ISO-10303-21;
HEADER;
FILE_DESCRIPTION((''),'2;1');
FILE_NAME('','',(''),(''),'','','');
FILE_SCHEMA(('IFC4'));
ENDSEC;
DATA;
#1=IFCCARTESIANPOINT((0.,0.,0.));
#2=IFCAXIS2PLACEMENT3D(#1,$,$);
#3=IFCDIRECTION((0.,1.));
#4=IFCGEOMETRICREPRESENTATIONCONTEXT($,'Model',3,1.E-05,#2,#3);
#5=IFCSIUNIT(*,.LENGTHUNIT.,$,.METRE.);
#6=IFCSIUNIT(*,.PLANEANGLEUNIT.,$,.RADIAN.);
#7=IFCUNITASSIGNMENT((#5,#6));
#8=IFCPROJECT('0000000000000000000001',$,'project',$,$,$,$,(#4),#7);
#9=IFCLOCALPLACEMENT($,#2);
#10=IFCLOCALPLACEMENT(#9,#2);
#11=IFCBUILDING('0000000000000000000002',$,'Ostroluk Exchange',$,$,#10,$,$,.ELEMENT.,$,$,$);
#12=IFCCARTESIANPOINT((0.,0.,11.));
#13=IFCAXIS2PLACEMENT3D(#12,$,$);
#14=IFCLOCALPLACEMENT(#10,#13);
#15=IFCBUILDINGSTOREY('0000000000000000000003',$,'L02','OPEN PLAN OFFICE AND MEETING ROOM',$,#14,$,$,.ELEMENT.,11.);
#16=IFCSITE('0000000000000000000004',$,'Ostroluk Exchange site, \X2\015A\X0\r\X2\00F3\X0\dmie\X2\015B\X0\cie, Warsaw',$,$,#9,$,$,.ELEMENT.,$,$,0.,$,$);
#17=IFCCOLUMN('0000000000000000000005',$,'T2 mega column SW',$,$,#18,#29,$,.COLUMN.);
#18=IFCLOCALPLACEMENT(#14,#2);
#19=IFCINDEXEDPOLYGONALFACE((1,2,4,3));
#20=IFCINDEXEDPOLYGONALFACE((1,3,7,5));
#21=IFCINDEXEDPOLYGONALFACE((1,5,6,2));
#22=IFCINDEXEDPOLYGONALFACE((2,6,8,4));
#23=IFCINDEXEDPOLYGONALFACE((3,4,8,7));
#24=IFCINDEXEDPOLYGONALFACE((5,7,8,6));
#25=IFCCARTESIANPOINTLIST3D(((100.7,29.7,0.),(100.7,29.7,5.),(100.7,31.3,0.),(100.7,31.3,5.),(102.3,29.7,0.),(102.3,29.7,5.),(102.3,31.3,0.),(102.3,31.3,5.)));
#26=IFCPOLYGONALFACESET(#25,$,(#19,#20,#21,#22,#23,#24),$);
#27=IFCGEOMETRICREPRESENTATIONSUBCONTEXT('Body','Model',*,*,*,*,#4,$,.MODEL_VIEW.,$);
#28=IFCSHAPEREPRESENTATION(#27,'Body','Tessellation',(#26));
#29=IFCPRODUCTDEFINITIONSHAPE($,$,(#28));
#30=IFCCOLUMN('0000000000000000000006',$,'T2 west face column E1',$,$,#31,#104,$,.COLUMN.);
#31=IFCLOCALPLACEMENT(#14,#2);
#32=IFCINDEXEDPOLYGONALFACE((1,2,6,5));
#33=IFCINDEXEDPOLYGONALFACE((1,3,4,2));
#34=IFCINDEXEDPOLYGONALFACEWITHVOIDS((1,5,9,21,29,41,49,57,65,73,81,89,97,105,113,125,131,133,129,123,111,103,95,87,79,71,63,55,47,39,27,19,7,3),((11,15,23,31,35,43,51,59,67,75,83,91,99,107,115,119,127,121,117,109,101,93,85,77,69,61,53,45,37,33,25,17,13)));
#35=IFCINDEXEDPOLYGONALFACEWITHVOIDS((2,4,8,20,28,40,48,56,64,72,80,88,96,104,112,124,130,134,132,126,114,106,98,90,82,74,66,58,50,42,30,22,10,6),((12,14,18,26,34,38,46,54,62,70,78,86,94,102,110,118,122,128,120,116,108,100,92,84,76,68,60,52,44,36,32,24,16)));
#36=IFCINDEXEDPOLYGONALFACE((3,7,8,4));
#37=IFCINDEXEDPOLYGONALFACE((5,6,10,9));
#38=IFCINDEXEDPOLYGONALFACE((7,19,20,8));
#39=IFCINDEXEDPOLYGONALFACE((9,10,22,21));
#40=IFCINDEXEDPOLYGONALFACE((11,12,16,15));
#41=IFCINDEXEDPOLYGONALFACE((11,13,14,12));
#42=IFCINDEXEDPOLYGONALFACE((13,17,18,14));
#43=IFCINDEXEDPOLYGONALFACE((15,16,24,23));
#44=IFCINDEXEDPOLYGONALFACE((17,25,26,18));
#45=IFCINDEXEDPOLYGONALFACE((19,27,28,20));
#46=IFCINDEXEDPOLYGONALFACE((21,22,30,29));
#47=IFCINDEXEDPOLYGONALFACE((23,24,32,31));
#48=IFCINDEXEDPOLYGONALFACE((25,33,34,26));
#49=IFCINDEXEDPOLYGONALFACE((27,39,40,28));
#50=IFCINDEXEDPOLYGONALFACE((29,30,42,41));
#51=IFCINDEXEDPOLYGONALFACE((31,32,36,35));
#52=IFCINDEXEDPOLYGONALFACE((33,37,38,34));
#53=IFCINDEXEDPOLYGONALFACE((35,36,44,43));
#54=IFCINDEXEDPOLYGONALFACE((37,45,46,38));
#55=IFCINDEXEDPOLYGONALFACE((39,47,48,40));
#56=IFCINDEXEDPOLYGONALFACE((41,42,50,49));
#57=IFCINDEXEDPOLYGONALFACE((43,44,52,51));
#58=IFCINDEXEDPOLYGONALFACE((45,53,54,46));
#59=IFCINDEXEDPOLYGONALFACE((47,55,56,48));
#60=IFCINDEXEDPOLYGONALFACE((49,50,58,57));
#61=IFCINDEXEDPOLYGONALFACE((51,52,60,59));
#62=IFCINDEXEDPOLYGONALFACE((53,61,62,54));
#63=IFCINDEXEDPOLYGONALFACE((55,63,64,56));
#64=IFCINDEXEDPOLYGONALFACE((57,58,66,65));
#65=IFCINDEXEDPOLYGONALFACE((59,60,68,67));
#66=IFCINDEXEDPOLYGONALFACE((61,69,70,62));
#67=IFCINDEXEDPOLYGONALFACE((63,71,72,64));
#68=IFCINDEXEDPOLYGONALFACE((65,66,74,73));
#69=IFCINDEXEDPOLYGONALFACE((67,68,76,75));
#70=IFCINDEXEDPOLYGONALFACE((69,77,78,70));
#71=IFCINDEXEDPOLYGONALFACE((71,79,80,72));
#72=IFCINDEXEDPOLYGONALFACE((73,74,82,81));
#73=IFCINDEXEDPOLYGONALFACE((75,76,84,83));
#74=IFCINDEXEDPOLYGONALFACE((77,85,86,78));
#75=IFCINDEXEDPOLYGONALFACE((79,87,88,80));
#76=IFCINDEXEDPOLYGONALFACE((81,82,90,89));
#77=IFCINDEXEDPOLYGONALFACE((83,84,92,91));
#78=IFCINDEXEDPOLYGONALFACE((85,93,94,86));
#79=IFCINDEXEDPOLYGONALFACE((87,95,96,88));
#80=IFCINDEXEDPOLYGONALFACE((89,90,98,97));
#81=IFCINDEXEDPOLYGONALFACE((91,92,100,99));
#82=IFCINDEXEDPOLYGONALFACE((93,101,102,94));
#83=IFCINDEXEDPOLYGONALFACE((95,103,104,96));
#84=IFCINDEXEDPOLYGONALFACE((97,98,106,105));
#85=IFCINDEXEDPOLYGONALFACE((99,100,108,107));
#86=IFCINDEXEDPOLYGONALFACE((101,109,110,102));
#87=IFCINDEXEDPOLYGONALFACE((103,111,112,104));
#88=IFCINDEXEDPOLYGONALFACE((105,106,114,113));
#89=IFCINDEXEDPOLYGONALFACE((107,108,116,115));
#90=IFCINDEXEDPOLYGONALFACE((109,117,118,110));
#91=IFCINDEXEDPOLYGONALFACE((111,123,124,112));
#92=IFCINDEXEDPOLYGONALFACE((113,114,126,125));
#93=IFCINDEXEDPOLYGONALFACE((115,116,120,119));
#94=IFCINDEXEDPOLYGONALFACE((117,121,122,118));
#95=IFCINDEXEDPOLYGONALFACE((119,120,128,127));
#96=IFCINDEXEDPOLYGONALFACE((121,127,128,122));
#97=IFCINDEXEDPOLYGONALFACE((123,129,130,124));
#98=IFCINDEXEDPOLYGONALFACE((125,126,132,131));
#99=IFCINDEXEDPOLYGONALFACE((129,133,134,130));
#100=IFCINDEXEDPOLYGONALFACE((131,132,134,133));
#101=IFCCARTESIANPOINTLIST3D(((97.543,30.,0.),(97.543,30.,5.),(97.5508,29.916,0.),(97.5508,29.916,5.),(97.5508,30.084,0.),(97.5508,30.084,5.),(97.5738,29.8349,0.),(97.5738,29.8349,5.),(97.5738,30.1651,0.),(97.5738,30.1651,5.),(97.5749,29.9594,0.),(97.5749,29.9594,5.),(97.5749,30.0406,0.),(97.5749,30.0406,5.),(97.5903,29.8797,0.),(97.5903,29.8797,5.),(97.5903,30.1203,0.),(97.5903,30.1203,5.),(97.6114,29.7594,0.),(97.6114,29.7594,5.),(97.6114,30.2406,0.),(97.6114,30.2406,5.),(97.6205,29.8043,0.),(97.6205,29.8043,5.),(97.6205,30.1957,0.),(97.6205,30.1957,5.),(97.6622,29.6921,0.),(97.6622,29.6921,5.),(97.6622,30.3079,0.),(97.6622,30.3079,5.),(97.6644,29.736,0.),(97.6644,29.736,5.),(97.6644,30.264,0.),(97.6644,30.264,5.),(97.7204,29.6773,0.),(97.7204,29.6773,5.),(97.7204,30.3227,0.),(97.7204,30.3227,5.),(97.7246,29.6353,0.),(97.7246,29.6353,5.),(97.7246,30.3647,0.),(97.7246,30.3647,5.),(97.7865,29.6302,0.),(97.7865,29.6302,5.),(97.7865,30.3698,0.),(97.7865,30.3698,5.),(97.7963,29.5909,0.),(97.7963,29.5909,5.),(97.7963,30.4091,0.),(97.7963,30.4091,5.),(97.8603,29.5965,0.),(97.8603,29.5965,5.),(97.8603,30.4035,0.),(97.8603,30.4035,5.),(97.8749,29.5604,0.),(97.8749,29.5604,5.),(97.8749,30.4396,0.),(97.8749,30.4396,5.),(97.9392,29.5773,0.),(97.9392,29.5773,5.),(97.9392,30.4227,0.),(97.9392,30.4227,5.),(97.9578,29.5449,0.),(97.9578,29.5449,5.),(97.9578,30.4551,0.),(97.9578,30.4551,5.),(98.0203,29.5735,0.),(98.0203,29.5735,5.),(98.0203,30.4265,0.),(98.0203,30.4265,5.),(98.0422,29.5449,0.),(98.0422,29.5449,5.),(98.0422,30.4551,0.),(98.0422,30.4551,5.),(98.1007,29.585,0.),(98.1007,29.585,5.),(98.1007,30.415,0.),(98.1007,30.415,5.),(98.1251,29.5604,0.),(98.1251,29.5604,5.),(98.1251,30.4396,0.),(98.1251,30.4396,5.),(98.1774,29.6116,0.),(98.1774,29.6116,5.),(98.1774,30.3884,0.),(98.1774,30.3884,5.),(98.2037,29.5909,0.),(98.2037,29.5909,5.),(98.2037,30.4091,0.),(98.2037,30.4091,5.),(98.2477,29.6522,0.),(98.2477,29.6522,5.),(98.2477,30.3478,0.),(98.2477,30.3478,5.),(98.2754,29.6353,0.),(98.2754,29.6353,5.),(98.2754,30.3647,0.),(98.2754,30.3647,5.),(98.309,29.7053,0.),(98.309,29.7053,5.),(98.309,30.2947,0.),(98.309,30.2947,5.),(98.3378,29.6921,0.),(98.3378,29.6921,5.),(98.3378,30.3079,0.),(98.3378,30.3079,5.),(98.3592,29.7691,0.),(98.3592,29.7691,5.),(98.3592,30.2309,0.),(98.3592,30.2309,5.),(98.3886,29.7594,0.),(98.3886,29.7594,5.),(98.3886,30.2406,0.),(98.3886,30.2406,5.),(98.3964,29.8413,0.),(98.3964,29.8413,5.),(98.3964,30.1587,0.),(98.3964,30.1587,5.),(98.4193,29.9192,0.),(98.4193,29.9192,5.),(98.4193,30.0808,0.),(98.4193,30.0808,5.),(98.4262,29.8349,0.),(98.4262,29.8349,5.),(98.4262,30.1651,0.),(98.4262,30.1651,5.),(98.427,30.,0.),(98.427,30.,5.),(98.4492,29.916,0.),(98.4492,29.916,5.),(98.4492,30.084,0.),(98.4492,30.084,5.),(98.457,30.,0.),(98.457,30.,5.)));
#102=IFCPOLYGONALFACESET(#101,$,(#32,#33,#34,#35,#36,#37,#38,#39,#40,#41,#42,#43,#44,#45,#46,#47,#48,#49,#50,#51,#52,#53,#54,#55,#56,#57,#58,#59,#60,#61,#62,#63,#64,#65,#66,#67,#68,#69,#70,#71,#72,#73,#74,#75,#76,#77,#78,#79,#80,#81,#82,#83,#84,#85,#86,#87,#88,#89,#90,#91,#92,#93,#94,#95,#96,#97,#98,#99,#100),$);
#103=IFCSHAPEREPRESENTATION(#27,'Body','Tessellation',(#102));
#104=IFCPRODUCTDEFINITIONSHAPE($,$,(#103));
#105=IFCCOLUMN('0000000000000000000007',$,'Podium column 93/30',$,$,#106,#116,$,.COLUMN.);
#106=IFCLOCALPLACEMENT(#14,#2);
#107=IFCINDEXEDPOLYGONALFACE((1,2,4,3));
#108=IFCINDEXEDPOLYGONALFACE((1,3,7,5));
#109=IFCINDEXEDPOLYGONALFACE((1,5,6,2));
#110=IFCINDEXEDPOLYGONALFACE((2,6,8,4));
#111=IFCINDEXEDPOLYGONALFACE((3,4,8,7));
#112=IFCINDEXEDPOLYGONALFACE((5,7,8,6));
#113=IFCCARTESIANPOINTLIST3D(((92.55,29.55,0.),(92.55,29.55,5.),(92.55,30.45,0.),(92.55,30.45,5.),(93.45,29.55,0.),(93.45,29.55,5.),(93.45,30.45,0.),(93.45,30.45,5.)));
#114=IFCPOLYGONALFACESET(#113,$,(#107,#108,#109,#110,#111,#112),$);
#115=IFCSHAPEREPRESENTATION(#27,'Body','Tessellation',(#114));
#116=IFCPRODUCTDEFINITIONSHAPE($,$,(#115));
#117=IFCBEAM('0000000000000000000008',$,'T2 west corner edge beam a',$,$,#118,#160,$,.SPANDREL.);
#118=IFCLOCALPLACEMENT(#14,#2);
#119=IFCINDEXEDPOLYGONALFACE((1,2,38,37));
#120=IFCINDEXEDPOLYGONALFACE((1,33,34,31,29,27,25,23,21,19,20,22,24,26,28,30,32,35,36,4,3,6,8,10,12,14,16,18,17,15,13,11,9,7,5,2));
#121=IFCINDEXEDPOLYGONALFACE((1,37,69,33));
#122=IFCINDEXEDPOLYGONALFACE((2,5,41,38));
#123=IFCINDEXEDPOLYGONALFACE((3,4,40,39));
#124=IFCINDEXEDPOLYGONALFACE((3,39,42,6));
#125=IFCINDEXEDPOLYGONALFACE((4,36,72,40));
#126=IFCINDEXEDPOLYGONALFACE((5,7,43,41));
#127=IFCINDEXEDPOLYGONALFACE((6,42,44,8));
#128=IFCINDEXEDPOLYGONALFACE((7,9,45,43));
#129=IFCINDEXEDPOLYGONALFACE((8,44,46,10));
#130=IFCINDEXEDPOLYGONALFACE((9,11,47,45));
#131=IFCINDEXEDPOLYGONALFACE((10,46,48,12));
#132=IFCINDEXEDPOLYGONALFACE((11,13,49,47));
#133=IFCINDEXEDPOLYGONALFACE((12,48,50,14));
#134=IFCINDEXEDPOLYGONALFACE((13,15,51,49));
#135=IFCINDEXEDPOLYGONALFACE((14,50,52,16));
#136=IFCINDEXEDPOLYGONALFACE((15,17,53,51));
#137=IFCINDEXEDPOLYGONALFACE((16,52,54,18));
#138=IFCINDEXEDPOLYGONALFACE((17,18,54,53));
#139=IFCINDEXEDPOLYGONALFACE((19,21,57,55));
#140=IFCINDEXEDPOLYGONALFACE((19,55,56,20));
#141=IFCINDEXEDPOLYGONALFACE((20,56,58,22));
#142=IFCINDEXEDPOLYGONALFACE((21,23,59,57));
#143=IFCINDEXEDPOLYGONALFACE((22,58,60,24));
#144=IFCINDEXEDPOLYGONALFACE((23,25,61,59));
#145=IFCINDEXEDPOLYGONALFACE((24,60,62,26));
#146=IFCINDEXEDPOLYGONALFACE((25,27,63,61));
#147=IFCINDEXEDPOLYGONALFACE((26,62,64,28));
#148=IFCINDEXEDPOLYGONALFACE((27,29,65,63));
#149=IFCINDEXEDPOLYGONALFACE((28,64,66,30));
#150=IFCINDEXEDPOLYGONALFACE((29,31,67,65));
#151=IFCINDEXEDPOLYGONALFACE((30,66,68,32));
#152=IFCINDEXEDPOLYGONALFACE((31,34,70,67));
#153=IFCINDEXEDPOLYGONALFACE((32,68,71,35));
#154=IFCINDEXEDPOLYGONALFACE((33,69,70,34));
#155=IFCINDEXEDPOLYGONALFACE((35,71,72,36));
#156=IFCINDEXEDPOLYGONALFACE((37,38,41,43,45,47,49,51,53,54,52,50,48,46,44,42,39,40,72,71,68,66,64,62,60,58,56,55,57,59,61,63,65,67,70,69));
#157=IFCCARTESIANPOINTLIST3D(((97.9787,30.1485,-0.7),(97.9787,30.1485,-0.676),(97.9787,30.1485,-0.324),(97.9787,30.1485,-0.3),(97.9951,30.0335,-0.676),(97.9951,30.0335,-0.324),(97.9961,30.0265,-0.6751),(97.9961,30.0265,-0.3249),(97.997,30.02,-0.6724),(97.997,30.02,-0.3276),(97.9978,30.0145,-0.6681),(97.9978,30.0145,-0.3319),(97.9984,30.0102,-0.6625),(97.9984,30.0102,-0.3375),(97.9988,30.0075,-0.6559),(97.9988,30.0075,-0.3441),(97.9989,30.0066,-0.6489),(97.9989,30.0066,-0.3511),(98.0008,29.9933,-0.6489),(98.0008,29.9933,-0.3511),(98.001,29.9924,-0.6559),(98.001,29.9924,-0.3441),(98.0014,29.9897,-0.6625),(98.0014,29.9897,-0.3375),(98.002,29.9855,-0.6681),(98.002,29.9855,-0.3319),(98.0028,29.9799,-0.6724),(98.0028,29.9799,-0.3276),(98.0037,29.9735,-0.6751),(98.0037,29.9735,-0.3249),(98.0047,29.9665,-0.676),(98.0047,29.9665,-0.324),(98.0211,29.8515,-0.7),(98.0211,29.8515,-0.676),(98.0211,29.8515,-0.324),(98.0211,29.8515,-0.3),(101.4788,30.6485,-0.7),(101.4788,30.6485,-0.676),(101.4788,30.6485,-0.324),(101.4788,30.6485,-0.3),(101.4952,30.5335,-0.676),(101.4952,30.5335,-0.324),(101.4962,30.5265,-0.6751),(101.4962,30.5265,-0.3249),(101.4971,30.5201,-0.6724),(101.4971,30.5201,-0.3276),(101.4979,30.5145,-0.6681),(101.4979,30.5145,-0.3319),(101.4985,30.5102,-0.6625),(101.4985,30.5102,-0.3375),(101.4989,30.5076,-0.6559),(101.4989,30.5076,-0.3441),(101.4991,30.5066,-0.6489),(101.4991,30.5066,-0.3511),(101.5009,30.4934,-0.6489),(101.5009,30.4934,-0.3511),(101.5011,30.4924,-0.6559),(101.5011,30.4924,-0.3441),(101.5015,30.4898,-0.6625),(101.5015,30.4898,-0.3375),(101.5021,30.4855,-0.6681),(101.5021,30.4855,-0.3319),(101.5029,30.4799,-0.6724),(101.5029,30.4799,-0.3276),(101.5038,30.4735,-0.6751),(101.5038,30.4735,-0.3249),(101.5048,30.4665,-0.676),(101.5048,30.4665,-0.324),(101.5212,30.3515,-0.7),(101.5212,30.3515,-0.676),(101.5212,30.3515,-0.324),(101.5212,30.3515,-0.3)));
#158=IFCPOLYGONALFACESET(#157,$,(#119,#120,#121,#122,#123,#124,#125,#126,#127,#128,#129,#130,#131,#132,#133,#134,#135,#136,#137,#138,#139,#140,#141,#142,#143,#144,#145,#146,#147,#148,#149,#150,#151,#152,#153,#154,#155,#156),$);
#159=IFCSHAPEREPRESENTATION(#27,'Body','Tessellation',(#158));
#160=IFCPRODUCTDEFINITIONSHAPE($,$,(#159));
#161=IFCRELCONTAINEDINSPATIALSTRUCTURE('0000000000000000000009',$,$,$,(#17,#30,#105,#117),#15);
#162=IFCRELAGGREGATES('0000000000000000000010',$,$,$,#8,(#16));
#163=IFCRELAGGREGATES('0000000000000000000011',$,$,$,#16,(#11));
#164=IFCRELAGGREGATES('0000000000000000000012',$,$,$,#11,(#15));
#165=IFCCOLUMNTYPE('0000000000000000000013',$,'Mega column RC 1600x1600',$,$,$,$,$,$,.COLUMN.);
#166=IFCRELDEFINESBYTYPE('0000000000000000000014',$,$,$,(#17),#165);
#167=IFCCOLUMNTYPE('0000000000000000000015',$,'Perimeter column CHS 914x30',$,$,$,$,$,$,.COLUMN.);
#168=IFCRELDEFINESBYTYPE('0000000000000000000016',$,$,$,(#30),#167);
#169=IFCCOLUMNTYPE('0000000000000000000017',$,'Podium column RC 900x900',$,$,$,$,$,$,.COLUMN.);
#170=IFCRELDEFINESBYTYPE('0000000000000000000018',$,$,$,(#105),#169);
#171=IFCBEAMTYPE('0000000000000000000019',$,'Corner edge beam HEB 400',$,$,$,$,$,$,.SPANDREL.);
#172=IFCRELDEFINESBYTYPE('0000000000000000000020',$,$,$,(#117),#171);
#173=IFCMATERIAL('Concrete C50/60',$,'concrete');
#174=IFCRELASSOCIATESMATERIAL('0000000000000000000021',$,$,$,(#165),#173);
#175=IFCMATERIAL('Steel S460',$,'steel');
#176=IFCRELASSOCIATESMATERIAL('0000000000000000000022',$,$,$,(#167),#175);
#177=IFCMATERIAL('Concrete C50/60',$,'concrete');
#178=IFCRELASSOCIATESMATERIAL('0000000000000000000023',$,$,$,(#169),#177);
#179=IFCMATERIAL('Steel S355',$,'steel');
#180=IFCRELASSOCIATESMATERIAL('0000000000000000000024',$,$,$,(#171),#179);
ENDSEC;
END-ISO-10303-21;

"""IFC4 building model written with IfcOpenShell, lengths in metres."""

from ifc_helpers import new_model, si_unit, direction, frame, origin, origin_2d, place, context, subcontext, project, spatial, rectangle, hollow_circle, i_section, extrude, material, material_profile, profile_set, type_object, element, save


model = new_model("IFC4")

# Units and contexts
model_context = context("Model", 3, precision=1e-05, world=origin(), true_north=direction((0.0, 1.0)))
body_context = subcontext(model_context, "Body", "Model", "MODEL_VIEW")
ifc_project = project(units=[si_unit("LENGTHUNIT", "METRE"), si_unit("PLANEANGLEUNIT", "RADIAN")], contexts=[model_context])

# Site, building, storey
site_placement = place(None, origin())
site = spatial("IfcSite", under=ifc_project, at=site_placement, Name="Ostroluk Exchange site, Śródmieście, Warsaw", CompositionType="ELEMENT", RefElevation=0.0)
building_placement = place(site_placement, origin())
building = spatial("IfcBuilding", under=site, at=building_placement, Name="Ostroluk Exchange", CompositionType="ELEMENT")
storey_placement = place(building_placement, frame((0.0, 0.0, 11.0)))
storey = spatial("IfcBuildingStorey", under=building, at=storey_placement, Name="L02", Description="OPEN PLAN OFFICE AND MEETING ROOM", CompositionType="ELEMENT", Elevation=11.0)

# Columns
ifc_material_1 = material(Name="Concrete C50/60", Category="concrete")
ifc_material_profile_1 = material_profile(ifc_material_1, rectangle(XDim=1.6001, YDim=1.6001, at=origin_2d()), Name="RC 1600x1600")
ifc_profile_set_1 = profile_set([ifc_material_profile_1], Name="Concrete C50/60")
column_type_1 = type_object("IfcColumnType", Name="Mega column RC 1600x1600", PredefinedType="COLUMN", material=ifc_profile_set_1)
column_1_placement = place(storey_placement, frame((101.5, 30.5, 0.0), z_axis=(0.0, 0.0, 1.0), x_axis=(1.0, 0.0, 0.0)))
element("IfcColumn", 1, at=column_1_placement, inside=storey, type_object=column_type_1, Name="T2 mega column SW", PredefinedType="COLUMN", context=body_context, shape_type="SweptSolid", body=[
    extrude(rectangle(XDim=1.6001, YDim=1.6001, at=origin_2d()), origin(), (0.0, 0.0, 1.0), 5.0),
])
ifc_material_2 = material(Name="Steel S460", Category="steel")
ifc_material_profile_2 = material_profile(ifc_material_2, hollow_circle(Radius=0.457, WallThickness=0.03, at=origin_2d()), Name="CHS 914x30")
ifc_profile_set_2 = profile_set([ifc_material_profile_2], Name="Steel S460")
column_type_2 = type_object("IfcColumnType", Name="Perimeter column CHS 914x30", PredefinedType="COLUMN", material=ifc_profile_set_2)
column_2_placement = place(storey_placement, frame((98.0, 30.0, 0.0), z_axis=(0.0, 0.0, 1.0), x_axis=(1.0, 0.0, 0.0)))
element("IfcColumn", 2, at=column_2_placement, inside=storey, type_object=column_type_2, Name="T2 west face column E1", PredefinedType="COLUMN", context=body_context, shape_type="SweptSolid", body=[
    extrude(hollow_circle(Radius=0.457, WallThickness=0.03, at=origin_2d()), origin(), (0.0, 0.0, 1.0), 5.0),
])
ifc_material_3 = material(Name="Concrete C50/60", Category="concrete")
ifc_material_profile_3 = material_profile(ifc_material_3, rectangle(XDim=0.8999, YDim=0.8999, at=origin_2d()), Name="RC 900x900")
ifc_profile_set_3 = profile_set([ifc_material_profile_3], Name="Concrete C50/60")
column_type_3 = type_object("IfcColumnType", Name="Podium column RC 900x900", PredefinedType="COLUMN", material=ifc_profile_set_3)
column_3_placement = place(storey_placement, frame((93.0, 30.0, 0.0), z_axis=(0.0, 0.0, 1.0), x_axis=(1.0, 0.0, 0.0)))
element("IfcColumn", 3, at=column_3_placement, inside=storey, type_object=column_type_3, Name="Podium column 93/30", PredefinedType="COLUMN", context=body_context, shape_type="SweptSolid", body=[
    extrude(rectangle(XDim=0.8999, YDim=0.8999, at=origin_2d()), origin(), (0.0, 0.0, 1.0), 5.0),
])

# Beam
ifc_material_4 = material(Name="Steel S355", Category="steel")
ifc_material_profile_4 = material_profile(ifc_material_4, i_section(OverallWidth=0.3, OverallDepth=0.3999, WebThickness=0.0134, FlangeThickness=0.0239, FilletRadius=0.0271, at=origin_2d()), Name="HEB 400")
ifc_profile_set_4 = profile_set([ifc_material_profile_4], Name="Steel S355")
beam_type = type_object("IfcBeamType", Name="Corner edge beam HEB 400", PredefinedType="SPANDREL", material=ifc_profile_set_4)
for number, where, z_axis, x_axis, name in (
    (4, (101.5, 30.5, -0.5), (-0.989949, -0.141421, 0.0), (0.141421, -0.989949, 0.0), "T2 west corner edge beam a"),
):
    element("IfcBeam", number, at=place(storey_placement, frame(where, z_axis=z_axis, x_axis=x_axis)), inside=storey, type_object=beam_type, Name=name, PredefinedType="SPANDREL", context=body_context, shape_type="SweptSolid", body=[
        extrude(i_section(OverallWidth=0.3, OverallDepth=0.3999, WebThickness=0.0134, FlangeThickness=0.0239, FilletRadius=0.0271, at=origin_2d()), origin(), (0.0, 0.0, 1.0), 3.5356),
    ])

save(model, "model.ifc")
